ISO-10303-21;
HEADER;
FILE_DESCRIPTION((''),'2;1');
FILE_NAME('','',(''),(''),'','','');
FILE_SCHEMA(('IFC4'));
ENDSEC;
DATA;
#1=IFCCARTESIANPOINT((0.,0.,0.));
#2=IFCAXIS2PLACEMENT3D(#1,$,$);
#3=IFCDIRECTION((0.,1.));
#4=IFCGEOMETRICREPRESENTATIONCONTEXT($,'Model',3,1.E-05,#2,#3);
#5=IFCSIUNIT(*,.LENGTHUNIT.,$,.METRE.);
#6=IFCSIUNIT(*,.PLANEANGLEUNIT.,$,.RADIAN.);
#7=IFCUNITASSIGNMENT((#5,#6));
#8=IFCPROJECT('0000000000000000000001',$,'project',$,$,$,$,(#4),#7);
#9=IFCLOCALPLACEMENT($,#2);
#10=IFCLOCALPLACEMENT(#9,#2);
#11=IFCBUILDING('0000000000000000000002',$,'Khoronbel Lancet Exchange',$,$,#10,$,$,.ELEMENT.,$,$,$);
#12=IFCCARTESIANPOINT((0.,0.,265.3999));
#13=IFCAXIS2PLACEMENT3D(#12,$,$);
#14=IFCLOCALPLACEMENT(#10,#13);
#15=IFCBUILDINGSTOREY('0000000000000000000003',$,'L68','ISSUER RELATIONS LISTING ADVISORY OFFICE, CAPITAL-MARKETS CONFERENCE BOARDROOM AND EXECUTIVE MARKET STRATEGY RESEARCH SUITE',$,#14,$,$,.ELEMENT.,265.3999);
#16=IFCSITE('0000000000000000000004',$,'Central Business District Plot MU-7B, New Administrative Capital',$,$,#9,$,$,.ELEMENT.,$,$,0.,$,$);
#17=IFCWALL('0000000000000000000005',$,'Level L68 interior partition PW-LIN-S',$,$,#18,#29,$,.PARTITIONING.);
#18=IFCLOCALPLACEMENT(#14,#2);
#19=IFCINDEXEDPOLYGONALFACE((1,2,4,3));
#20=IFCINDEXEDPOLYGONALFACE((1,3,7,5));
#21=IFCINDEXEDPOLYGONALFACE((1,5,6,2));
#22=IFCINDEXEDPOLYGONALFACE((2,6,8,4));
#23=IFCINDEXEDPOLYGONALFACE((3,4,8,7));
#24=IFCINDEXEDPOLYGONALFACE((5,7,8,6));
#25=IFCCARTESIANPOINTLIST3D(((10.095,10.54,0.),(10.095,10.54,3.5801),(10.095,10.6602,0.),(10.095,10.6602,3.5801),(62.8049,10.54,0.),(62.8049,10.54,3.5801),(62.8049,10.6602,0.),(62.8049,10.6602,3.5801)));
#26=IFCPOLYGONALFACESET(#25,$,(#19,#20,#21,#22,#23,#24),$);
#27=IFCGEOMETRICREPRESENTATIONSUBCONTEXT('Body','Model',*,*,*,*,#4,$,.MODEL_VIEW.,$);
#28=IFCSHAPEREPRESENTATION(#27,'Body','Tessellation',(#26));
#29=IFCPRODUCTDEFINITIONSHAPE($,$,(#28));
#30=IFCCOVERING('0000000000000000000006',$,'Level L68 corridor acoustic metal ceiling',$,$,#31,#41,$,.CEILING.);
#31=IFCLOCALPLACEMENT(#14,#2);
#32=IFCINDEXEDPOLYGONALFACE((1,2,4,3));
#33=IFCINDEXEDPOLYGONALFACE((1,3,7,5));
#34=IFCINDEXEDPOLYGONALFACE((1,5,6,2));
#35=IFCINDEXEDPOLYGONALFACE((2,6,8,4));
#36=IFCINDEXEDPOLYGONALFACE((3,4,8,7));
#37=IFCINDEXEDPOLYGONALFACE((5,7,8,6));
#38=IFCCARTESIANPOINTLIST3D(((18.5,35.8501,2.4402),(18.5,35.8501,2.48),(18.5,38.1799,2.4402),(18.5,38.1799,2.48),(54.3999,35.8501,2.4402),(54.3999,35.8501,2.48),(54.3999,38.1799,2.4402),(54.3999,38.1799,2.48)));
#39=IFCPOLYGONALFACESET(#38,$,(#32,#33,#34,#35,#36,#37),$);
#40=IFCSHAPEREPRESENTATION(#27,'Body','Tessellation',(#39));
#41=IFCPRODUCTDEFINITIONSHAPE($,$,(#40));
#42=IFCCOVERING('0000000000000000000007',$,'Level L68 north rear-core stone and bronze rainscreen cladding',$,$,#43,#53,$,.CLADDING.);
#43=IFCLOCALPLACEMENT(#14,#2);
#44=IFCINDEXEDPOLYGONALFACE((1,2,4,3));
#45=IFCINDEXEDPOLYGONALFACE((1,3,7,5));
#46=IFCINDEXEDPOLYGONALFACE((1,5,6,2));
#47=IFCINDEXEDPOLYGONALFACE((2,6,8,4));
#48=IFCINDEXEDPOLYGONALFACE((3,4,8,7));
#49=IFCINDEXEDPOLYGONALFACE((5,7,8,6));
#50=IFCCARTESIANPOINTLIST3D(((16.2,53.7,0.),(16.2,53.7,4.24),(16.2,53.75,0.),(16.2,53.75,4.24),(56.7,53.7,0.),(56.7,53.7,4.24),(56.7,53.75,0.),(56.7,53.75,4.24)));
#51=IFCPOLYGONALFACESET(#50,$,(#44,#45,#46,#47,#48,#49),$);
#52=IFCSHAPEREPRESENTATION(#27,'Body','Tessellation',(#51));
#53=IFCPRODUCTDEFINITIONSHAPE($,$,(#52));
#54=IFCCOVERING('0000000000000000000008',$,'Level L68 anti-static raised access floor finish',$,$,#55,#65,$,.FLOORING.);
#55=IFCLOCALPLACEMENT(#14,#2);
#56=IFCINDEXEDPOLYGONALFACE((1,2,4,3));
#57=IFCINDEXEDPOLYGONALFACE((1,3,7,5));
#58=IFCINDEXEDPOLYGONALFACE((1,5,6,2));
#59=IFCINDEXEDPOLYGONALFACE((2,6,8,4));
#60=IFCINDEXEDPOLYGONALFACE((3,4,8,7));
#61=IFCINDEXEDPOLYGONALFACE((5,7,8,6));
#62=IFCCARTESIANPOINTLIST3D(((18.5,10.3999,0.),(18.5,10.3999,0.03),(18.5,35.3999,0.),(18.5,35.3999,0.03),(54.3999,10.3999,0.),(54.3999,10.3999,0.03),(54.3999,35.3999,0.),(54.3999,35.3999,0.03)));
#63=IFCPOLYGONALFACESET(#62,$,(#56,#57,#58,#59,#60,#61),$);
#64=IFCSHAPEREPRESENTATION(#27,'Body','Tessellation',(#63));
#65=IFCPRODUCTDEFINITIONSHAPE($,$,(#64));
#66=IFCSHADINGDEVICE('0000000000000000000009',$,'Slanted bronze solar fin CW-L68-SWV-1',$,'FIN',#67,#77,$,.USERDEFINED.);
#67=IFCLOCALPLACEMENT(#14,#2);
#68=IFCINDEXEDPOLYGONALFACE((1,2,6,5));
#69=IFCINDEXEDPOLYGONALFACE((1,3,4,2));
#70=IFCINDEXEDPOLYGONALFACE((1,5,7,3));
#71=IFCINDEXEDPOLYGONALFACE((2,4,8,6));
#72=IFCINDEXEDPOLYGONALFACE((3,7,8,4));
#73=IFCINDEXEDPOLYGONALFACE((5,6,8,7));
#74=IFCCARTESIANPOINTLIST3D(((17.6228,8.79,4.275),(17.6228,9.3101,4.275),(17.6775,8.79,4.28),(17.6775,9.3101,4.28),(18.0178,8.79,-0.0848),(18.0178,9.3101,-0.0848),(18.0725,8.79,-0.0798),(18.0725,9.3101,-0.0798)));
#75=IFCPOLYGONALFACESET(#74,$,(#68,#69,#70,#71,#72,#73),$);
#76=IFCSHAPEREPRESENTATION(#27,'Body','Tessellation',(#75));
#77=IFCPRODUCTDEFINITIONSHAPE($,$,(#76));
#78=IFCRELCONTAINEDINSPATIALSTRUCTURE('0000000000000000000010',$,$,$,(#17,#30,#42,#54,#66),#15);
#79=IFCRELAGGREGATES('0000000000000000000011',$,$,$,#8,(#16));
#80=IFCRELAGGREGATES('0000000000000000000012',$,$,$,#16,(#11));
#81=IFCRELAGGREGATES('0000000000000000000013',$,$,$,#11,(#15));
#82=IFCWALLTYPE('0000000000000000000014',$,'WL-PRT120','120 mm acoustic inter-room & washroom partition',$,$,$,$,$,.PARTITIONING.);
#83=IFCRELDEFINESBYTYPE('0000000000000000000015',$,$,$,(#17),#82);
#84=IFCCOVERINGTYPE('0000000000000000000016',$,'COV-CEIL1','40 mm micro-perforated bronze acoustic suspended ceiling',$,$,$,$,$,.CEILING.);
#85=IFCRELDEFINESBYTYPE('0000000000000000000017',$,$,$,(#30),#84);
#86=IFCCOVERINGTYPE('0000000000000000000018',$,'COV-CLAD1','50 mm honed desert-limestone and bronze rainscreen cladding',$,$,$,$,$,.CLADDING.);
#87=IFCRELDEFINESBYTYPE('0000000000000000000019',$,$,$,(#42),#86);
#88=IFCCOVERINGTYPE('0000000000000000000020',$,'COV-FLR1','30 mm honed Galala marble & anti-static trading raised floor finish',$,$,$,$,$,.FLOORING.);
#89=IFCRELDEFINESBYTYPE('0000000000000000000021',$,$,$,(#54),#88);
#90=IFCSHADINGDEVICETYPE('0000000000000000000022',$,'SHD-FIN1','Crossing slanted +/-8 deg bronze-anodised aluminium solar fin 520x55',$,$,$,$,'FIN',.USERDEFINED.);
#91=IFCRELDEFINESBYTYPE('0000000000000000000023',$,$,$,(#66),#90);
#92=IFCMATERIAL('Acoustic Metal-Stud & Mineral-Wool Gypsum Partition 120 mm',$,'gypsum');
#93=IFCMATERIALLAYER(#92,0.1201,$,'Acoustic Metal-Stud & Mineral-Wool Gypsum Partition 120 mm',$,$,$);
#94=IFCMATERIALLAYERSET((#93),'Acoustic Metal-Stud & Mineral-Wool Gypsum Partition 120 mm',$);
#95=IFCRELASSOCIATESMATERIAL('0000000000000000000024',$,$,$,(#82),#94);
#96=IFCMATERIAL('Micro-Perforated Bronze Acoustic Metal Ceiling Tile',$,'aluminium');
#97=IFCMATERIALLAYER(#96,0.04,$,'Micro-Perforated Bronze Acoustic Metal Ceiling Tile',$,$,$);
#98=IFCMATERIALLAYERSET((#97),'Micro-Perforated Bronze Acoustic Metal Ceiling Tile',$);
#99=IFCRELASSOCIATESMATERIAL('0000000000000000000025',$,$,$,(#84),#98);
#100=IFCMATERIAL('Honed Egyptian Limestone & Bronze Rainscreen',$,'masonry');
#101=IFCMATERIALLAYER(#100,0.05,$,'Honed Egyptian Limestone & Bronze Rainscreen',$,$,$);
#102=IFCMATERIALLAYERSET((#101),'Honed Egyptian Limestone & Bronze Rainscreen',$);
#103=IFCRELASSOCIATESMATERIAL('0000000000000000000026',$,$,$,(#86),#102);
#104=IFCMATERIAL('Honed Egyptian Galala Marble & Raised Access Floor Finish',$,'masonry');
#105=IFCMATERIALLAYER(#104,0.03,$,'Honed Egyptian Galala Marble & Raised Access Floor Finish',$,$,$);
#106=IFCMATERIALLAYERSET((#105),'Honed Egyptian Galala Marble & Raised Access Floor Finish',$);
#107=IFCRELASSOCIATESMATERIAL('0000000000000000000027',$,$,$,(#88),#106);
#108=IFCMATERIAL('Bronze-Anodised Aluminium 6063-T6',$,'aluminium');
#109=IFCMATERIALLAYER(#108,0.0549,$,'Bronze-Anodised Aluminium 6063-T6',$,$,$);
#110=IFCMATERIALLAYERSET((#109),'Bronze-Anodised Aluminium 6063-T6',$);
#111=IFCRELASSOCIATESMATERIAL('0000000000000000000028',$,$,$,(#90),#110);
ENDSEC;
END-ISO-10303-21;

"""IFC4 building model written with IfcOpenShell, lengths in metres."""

from ifc_helpers import new_model, si_unit, direction, frame, frame_2d, origin, place, context, subcontext, project, spatial, polyline, rectangle, outline, extrude, material, layer, layer_set, type_object, element, save


model = new_model("IFC4")

# Units and contexts
model_context = context("Model", 3, precision=1e-05, world=origin(), true_north=direction((0.0, 1.0)))
body_context = subcontext(model_context, "Body", "Model", "MODEL_VIEW")
ifc_project = project(units=[si_unit("LENGTHUNIT", "METRE"), si_unit("PLANEANGLEUNIT", "RADIAN")], contexts=[model_context])

# Site, building, storey
site_placement = place(None, origin())
site = spatial("IfcSite", under=ifc_project, at=site_placement, Name="Central Business District Plot MU-7B, New Administrative Capital", CompositionType="ELEMENT", RefElevation=0.0)
building_placement = place(site_placement, origin())
building = spatial("IfcBuilding", under=site, at=building_placement, Name="Khoronbel Lancet Exchange", CompositionType="ELEMENT")
storey_placement = place(building_placement, frame((0.0, 0.0, 265.3999)))
storey = spatial("IfcBuildingStorey", under=building, at=storey_placement, Name="L68", Description="ISSUER RELATIONS LISTING ADVISORY OFFICE, CAPITAL-MARKETS CONFERENCE BOARDROOM AND EXECUTIVE MARKET STRATEGY RESEARCH SUITE", CompositionType="ELEMENT", Elevation=265.3999)

# Shared definitions
ifc_material_1 = material(Name="Bronze-Anodised Aluminium 6063-T6", Category="aluminium")

# Wall
ifc_material_2 = material(Name="Acoustic Metal-Stud & Mineral-Wool Gypsum Partition 120 mm", Category="gypsum")
ifc_layer_1 = layer(ifc_material_2, 0.1201, Name="Acoustic Metal-Stud & Mineral-Wool Gypsum Partition 120 mm")
ifc_layer_set_1 = layer_set([ifc_layer_1], Name="Acoustic Metal-Stud & Mineral-Wool Gypsum Partition 120 mm")
wall_type_1 = type_object("IfcWallType", Name="WL-PRT120", Description="120 mm acoustic inter-room & washroom partition", PredefinedType="PARTITIONING", material=ifc_layer_set_1)
wall_1_placement = place(storey_placement, frame((10.095, 10.6001, 0.0), z_axis=(0.0, 0.0, 1.0), x_axis=(1.0, 0.0, 0.0)))
element("IfcWall", 1, at=wall_1_placement, inside=storey, type_object=wall_type_1, Name="Level L68 interior partition PW-LIN-S", PredefinedType="PARTITIONING", context=body_context, shape_type="SweptSolid", body=[
    extrude(rectangle(XDim=52.71, YDim=0.1201, at=frame_2d((26.355, 0.0))), origin(), (0.0, 0.0, 1.0), 3.5801),
])

# Coverings
ifc_material_3 = material(Name="Micro-Perforated Bronze Acoustic Metal Ceiling Tile", Category="aluminium")
ifc_layer_2 = layer(ifc_material_3, 0.04, Name="Micro-Perforated Bronze Acoustic Metal Ceiling Tile")
ifc_layer_set_2 = layer_set([ifc_layer_2], Name="Micro-Perforated Bronze Acoustic Metal Ceiling Tile")
covering_type_1 = type_object("IfcCoveringType", Name="COV-CEIL1", Description="40 mm micro-perforated bronze acoustic suspended ceiling", PredefinedType="CEILING", material=ifc_layer_set_2)
covering_1_placement = place(storey_placement, frame((0.0, 0.0, 2.4402)))
element("IfcCovering", 2, at=covering_1_placement, inside=storey, type_object=covering_type_1, Name="Level L68 corridor acoustic metal ceiling", PredefinedType="CEILING", context=body_context, shape_type="SweptSolid", body=[
    extrude(outline(polyline([(18.5, 35.8501), (54.3999, 35.8501), (54.3999, 38.1799), (18.5, 38.1799), (18.5, 35.8501)])), origin(), (0.0, 0.0, 1.0), 0.0398),
])
ifc_material_4 = material(Name="Honed Egyptian Limestone & Bronze Rainscreen", Category="masonry")
ifc_layer_3 = layer(ifc_material_4, 0.05, Name="Honed Egyptian Limestone & Bronze Rainscreen")
ifc_layer_set_3 = layer_set([ifc_layer_3], Name="Honed Egyptian Limestone & Bronze Rainscreen")
covering_type_2 = type_object("IfcCoveringType", Name="COV-CLAD1", Description="50 mm honed desert-limestone and bronze rainscreen cladding", PredefinedType="CLADDING", material=ifc_layer_set_3)
covering_2_placement = place(storey_placement, origin())
element("IfcCovering", 3, at=covering_2_placement, inside=storey, type_object=covering_type_2, Name="Level L68 north rear-core stone and bronze rainscreen cladding", PredefinedType="CLADDING", context=body_context, shape_type="SweptSolid", body=[
    extrude(outline(polyline([(16.2, 53.7), (56.7, 53.7), (56.7, 53.75), (16.2, 53.75), (16.2, 53.7)])), origin(), (0.0, 0.0, 1.0), 4.24),
])
ifc_material_5 = material(Name="Honed Egyptian Galala Marble & Raised Access Floor Finish", Category="masonry")
ifc_layer_4 = layer(ifc_material_5, 0.03, Name="Honed Egyptian Galala Marble & Raised Access Floor Finish")
ifc_layer_set_4 = layer_set([ifc_layer_4], Name="Honed Egyptian Galala Marble & Raised Access Floor Finish")
covering_type_3 = type_object("IfcCoveringType", Name="COV-FLR1", Description="30 mm honed Galala marble & anti-static trading raised floor finish", PredefinedType="FLOORING", material=ifc_layer_set_4)
covering_3_placement = place(storey_placement, origin())
element("IfcCovering", 4, at=covering_3_placement, inside=storey, type_object=covering_type_3, Name="Level L68 anti-static raised access floor finish", PredefinedType="FLOORING", context=body_context, shape_type="SweptSolid", body=[
    extrude(outline(polyline([(18.5, 10.3999), (54.3999, 10.3999), (54.3999, 35.3999), (18.5, 35.3999), (18.5, 10.3999)])), origin(), (0.0, 0.0, 1.0), 0.03),
])

# Shading device
ifc_layer_5 = layer(ifc_material_1, 0.0549, Name="Bronze-Anodised Aluminium 6063-T6")
ifc_layer_set_5 = layer_set([ifc_layer_5], Name="Bronze-Anodised Aluminium 6063-T6")
shading_device_type = type_object("IfcShadingDeviceType", Name="SHD-FIN1", Description="Crossing slanted +/-8 deg bronze-anodised aluminium solar fin 520x55", ElementType="FIN", PredefinedType="USERDEFINED", material=ifc_layer_set_5)
shading_device_placement = place(storey_placement, frame((18.0725, 9.3101, -0.0798), z_axis=(0.995921, 0.0, 0.090234), x_axis=(0.0, -1.0, 0.0)))
element("IfcShadingDevice", 5, at=shading_device_placement, inside=storey, type_object=shading_device_type, Name="Slanted bronze solar fin CW-L68-SWV-1", ObjectType="FIN", PredefinedType="USERDEFINED", context=body_context, shape_type="SweptSolid", body=[
    extrude(outline(polyline([(0.0, 0.0), (0.52, 0.0), (0.52, -4.3777), (0.0, -4.3777), (0.0, 0.0)])), origin(), (0.0, 0.0, -1.0), 0.0549),
])

save(model, "model.ifc")
